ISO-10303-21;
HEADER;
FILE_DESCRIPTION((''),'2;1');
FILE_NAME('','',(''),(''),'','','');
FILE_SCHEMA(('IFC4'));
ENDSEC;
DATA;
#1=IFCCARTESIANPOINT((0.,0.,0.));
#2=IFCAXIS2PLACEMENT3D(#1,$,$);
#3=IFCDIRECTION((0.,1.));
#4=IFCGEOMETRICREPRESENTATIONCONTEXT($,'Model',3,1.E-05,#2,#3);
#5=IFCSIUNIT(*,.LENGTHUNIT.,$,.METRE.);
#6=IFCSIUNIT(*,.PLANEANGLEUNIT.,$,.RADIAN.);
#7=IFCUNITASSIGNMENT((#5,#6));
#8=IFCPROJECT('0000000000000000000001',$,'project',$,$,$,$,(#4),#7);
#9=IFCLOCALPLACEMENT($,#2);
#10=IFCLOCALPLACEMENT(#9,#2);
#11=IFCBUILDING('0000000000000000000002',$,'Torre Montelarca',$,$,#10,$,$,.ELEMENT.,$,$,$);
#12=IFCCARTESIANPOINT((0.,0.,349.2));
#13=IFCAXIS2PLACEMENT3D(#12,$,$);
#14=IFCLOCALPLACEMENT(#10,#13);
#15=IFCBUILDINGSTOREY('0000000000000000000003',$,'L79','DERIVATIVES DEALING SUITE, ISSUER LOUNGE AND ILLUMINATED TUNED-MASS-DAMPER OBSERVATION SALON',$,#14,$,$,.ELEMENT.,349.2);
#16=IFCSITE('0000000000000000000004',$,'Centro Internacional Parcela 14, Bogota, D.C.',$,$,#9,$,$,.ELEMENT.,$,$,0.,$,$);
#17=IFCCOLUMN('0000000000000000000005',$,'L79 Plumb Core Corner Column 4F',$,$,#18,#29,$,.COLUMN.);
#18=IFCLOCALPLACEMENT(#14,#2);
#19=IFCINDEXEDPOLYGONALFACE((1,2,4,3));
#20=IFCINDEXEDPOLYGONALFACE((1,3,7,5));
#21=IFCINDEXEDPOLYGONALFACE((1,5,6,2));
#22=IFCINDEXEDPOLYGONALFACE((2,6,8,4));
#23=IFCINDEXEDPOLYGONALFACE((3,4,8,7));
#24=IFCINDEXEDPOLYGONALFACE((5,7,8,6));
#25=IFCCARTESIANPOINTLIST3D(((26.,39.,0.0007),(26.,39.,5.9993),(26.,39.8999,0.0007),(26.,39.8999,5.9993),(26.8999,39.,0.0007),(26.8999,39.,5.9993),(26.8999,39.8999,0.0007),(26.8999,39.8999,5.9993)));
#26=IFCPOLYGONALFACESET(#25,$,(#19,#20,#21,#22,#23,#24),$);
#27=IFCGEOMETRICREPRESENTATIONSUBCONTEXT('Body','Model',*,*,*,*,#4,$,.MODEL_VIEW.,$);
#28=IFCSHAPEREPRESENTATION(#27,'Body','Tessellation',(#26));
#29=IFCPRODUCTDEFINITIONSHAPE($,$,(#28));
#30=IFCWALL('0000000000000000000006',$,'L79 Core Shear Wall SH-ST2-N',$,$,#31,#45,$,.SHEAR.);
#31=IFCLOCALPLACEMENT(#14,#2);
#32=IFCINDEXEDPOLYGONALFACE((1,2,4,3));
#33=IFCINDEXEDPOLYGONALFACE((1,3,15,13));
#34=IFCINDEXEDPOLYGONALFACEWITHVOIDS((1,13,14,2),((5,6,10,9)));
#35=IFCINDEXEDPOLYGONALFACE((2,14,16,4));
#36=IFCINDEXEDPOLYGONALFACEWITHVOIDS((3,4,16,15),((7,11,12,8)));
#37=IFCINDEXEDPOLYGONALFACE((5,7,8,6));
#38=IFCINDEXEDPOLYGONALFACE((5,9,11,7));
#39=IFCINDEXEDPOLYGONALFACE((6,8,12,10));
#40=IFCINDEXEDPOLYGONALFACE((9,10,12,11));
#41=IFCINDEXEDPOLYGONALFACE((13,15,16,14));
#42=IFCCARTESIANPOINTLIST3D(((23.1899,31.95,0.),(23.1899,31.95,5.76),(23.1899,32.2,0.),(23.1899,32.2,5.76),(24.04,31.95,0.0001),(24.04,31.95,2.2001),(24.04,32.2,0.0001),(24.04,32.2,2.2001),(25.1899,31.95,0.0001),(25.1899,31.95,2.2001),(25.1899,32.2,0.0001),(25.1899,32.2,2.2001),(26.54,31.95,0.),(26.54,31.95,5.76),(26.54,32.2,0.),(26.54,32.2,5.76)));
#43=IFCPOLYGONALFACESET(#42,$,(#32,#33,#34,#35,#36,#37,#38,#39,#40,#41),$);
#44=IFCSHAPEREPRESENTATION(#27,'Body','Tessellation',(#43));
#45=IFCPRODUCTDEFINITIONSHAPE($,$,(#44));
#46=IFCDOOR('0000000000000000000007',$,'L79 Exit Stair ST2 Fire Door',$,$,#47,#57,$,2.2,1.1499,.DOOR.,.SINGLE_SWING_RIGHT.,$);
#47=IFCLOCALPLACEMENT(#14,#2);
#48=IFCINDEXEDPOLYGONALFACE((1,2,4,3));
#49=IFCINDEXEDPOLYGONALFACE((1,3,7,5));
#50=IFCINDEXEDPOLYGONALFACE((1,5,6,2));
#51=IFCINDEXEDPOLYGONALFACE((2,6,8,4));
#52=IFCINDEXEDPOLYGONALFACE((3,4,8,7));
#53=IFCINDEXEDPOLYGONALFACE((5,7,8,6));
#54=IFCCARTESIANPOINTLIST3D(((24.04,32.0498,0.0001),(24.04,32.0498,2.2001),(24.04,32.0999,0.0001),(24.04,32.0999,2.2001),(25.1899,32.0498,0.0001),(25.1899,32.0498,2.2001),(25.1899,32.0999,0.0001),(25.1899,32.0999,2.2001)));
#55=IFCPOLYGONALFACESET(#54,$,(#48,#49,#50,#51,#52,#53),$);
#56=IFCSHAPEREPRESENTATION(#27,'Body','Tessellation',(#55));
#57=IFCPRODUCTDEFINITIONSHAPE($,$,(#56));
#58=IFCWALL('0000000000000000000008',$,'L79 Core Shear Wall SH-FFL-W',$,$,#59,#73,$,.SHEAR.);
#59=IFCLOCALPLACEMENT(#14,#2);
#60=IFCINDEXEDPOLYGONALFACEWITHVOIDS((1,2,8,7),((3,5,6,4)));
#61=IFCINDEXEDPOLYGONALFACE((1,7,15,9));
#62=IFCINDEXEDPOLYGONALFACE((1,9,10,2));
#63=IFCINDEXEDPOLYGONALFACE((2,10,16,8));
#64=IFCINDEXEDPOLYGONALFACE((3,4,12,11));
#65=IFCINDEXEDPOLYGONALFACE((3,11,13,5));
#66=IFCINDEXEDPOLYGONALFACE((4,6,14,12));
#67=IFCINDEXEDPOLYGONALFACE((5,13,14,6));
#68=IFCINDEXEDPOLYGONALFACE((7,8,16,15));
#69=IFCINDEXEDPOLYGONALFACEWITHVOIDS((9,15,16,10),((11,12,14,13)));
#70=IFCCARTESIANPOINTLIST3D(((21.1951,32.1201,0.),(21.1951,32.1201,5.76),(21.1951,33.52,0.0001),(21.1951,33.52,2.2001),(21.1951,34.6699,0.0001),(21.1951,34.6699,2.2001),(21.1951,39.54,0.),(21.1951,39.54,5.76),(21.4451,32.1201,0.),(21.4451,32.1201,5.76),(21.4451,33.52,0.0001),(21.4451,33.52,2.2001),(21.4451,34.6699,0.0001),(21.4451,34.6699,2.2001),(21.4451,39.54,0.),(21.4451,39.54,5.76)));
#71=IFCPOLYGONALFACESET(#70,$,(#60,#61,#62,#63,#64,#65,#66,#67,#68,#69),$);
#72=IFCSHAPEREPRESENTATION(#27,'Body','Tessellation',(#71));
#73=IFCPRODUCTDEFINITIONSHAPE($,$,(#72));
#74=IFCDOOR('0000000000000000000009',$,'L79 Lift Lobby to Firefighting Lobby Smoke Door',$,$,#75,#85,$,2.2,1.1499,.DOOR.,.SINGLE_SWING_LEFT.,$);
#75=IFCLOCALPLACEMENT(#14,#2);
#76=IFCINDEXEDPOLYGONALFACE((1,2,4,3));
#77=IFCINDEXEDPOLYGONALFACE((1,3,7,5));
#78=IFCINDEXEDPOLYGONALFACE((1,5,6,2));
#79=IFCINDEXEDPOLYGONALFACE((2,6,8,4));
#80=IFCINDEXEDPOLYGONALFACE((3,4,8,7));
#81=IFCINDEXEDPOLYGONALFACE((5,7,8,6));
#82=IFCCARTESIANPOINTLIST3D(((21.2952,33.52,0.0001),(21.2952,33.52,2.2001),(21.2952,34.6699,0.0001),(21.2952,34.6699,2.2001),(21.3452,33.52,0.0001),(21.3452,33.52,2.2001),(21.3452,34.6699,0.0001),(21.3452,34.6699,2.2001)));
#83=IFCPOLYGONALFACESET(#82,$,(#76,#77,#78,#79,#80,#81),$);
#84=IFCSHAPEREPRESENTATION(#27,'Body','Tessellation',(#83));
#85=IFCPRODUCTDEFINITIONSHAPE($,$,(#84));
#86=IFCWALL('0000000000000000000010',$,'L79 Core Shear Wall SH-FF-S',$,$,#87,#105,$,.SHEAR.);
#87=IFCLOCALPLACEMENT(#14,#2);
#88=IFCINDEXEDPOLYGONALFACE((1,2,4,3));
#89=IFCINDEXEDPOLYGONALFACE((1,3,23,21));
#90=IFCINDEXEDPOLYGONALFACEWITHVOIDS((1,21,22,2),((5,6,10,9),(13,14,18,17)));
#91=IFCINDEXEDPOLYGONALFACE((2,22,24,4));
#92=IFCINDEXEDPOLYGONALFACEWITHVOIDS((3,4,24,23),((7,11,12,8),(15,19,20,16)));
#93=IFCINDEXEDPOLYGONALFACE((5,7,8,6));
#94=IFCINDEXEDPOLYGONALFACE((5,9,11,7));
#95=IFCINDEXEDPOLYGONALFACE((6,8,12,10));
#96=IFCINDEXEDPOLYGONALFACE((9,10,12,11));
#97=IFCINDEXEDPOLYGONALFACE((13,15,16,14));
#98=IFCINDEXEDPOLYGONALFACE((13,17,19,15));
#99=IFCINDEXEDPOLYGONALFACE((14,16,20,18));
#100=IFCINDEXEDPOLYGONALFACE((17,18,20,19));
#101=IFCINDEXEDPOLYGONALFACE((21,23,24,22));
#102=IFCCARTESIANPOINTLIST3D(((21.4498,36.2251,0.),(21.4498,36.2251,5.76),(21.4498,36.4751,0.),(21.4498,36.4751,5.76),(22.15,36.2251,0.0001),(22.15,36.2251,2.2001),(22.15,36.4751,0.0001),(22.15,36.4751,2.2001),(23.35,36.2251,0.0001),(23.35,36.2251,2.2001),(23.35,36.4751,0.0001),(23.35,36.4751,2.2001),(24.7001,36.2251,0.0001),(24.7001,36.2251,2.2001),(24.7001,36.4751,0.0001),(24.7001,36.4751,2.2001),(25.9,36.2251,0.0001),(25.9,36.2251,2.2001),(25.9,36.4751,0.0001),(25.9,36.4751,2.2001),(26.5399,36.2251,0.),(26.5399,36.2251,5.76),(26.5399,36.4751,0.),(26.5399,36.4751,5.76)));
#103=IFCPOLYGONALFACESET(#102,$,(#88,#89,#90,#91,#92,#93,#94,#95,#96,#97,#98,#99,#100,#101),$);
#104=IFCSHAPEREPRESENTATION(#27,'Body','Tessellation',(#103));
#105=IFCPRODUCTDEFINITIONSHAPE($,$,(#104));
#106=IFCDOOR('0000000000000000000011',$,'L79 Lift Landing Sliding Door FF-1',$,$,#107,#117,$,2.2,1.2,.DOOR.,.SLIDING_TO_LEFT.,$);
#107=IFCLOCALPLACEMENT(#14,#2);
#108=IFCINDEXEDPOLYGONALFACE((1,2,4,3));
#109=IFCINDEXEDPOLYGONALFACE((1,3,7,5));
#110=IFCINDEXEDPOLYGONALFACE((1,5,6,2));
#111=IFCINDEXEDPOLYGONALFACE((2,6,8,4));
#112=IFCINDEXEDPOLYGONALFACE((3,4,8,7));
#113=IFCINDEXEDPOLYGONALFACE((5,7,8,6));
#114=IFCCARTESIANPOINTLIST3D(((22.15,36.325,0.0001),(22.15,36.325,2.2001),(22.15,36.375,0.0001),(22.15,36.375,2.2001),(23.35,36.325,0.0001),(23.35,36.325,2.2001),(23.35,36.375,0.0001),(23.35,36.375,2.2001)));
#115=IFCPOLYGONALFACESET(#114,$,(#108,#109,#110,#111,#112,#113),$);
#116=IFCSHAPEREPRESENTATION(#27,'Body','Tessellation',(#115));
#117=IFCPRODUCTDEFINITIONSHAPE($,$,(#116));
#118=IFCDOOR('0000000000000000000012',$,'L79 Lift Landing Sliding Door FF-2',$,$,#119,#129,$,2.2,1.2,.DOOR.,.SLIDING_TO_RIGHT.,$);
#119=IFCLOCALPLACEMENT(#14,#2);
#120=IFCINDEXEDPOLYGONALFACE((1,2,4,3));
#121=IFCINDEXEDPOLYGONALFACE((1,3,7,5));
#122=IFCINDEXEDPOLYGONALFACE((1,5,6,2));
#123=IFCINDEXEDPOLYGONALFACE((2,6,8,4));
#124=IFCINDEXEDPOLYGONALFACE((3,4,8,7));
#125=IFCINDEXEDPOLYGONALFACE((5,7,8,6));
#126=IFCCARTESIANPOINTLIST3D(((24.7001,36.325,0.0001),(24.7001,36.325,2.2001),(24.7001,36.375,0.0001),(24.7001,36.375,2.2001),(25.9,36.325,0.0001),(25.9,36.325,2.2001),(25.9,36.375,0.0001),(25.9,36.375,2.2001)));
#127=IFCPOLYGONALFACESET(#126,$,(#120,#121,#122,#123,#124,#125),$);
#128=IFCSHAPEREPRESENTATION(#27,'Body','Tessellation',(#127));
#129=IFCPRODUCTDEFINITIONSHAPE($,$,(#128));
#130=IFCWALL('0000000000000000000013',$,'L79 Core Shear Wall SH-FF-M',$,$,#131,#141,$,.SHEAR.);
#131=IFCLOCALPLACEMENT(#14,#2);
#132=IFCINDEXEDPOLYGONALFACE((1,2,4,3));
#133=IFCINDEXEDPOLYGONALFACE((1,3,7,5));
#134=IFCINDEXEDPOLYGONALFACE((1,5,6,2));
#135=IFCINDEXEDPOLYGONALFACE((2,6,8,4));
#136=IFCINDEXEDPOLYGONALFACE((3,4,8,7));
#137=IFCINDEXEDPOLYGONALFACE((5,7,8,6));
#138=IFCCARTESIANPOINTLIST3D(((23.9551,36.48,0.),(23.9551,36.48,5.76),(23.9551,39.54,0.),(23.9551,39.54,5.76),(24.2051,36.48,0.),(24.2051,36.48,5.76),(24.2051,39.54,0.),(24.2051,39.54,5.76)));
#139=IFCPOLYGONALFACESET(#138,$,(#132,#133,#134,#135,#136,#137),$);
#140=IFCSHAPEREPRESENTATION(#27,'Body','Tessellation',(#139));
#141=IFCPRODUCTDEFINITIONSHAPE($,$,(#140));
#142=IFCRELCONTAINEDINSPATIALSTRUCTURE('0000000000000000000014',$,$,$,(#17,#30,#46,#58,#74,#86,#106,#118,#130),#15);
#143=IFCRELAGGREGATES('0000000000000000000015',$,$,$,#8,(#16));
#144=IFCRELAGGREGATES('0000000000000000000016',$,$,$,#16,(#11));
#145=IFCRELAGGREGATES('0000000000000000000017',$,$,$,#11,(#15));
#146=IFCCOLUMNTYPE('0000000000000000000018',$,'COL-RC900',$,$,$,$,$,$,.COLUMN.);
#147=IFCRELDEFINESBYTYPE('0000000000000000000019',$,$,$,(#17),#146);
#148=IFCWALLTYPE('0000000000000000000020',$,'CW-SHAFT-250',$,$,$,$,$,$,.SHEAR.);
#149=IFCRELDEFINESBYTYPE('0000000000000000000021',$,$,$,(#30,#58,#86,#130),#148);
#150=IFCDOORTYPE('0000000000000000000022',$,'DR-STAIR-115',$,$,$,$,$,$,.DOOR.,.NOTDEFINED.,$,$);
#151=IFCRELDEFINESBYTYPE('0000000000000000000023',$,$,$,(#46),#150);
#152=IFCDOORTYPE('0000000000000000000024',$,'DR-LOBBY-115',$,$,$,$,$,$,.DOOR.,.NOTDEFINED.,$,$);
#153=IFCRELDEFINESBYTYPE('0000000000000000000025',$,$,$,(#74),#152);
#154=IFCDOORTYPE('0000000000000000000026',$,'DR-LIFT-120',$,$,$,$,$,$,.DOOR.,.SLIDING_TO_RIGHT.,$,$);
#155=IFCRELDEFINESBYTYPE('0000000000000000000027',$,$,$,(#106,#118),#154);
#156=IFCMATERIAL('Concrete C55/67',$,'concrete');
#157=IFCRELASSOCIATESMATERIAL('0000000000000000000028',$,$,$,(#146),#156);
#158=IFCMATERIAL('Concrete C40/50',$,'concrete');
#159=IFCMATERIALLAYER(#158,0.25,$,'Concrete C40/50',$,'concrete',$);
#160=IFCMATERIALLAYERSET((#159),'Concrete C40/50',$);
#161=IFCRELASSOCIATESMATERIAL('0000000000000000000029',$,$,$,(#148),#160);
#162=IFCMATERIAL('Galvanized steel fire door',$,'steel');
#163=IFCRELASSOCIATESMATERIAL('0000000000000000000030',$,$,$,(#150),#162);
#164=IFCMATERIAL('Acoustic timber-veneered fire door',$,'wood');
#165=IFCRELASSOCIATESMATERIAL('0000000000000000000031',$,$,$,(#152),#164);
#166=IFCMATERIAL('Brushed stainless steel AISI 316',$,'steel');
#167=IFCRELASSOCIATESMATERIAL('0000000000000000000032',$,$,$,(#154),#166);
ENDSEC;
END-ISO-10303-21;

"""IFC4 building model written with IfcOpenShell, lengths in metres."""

from ifc_helpers import new_model, si_unit, direction, frame, frame_2d, origin, origin_2d, place, context, subcontext, project, spatial, rectangle, extrude, source, transform, mapped, material, layer, layer_set, material_profile, profile_set, type_object, element, fill, save


model = new_model("IFC4")

# Units and contexts
model_context = context("Model", 3, precision=1e-05, world=origin(), true_north=direction((0.0, 1.0)))
body_context = subcontext(model_context, "Body", "Model", "MODEL_VIEW")
ifc_project = project(units=[si_unit("LENGTHUNIT", "METRE"), si_unit("PLANEANGLEUNIT", "RADIAN")], contexts=[model_context])

# Site, building, storey
site_placement = place(None, origin())
site = spatial("IfcSite", under=ifc_project, at=site_placement, Name="Centro Internacional Parcela 14, Bogota, D.C.", CompositionType="ELEMENT", RefElevation=0.0)
building_placement = place(site_placement, origin())
building = spatial("IfcBuilding", under=site, at=building_placement, Name="Torre Montelarca", CompositionType="ELEMENT")
storey_placement = place(building_placement, frame((0.0, 0.0, 349.2)))
storey = spatial("IfcBuildingStorey", under=building, at=storey_placement, Name="L79", Description="DERIVATIVES DEALING SUITE, ISSUER LOUNGE AND ILLUMINATED TUNED-MASS-DAMPER OBSERVATION SALON", CompositionType="ELEMENT", Elevation=349.2)

# Column
ifc_material_1 = material(Name="Concrete C55/67", Category="concrete")
ifc_material_profile = material_profile(ifc_material_1, rectangle(XDim=0.8999, YDim=0.8999, at=origin_2d()), Name="RC900X900", Category="concrete")
ifc_profile_set = profile_set([ifc_material_profile], Name="Concrete C55/67")
column_type = type_object("IfcColumnType", Name="COL-RC900", PredefinedType="COLUMN", material=ifc_profile_set)
shared_shape_1 = source(origin(), body_context, "Body", "SweptSolid", [
    extrude(rectangle(XDim=0.8999, YDim=0.8999, at=origin_2d()), origin(), (0.0, 0.0, 1.0), 5.9985),
])
column_placement = place(storey_placement, frame((26.45, 39.45, 0.0007), z_axis=(0.0, 0.0, 1.0), x_axis=(1.0, 0.0, 0.0)))
element("IfcColumn", 1, at=column_placement, inside=storey, type_object=column_type, Name="L79 Plumb Core Corner Column 4F", PredefinedType="COLUMN", context=body_context, shape_type="MappedRepresentation", body=[
    mapped(shared_shape_1, transform((0.0, 0.0, 0.0), scale=1.0)),
])

# Walls, openings, doors
ifc_material_2 = material(Name="Concrete C40/50", Category="concrete")
ifc_layer_1 = layer(ifc_material_2, 0.25, Name="Concrete C40/50", Category="concrete")
ifc_layer_set_1 = layer_set([ifc_layer_1], Name="Concrete C40/50")
wall_type_1 = type_object("IfcWallType", Name="CW-SHAFT-250", PredefinedType="SHEAR", material=ifc_layer_set_1)
wall_1_placement = place(storey_placement, frame((23.1899, 32.075, 0.0), z_axis=(0.0, 0.0, 1.0), x_axis=(1.0, 0.0, 0.0)))
wall_1 = element("IfcWall", 2, at=wall_1_placement, inside=storey, type_object=wall_type_1, Name="L79 Core Shear Wall SH-ST2-N", PredefinedType="SHEAR", context=body_context, shape_type="SweptSolid", body=[
    extrude(rectangle(XDim=3.3501, YDim=0.25, at=frame_2d((1.675, 0.0))), origin(), (0.0, 0.0, 1.0), 5.76),
])
opening_1_placement = place(wall_1_placement, frame((0.8501, 0.0, 0.0)))
opening_1 = element("IfcOpeningElement", 3, at=opening_1_placement, cuts=wall_1, PredefinedType="OPENING", context=body_context, shape_type="SweptSolid", body=[
    extrude(rectangle(XDim=1.1499, YDim=2.2, at=frame_2d((0.575, 1.1001))), frame((0.0, 0.135, 0.0), z_axis=(0.0, -1.0, 0.0), x_axis=(1.0, 0.0, 0.0)), (0.0, 0.0, 1.0), 0.27),
])
ifc_material_3 = material(Name="Galvanized steel fire door", Category="steel")
door_type_1 = type_object("IfcDoorType", Name="DR-STAIR-115", OperationType="NOTDEFINED", PredefinedType="DOOR", material=ifc_material_3)
shared_shape_2 = source(origin(), body_context, "Body", "SweptSolid", [
    extrude(rectangle(XDim=1.1499, YDim=2.2, at=frame_2d((0.575, 1.1001))), frame((0.0, 0.0249, 0.0), z_axis=(0.0, -1.0, 0.0), x_axis=(1.0, 0.0, 0.0)), (0.0, 0.0, 1.0), 0.05),
])
door_1_placement = place(opening_1_placement, origin())
door_1 = element("IfcDoor", 4, at=door_1_placement, inside=storey, type_object=door_type_1, Name="L79 Exit Stair ST2 Fire Door", OperationType="SINGLE_SWING_RIGHT", OverallHeight=2.2, OverallWidth=1.1499, PredefinedType="DOOR", context=body_context, shape_type="MappedRepresentation", body=[
    mapped(shared_shape_2, transform((0.0, 0.0, 0.0), scale=1.0)),
])
fill(opening_1, door_1)
wall_2_placement = place(storey_placement, frame((21.3201, 32.1201, 0.0), z_axis=(0.0, 0.0, 1.0), x_axis=(0.0, 1.0, 0.0)))
wall_2 = element("IfcWall", 5, at=wall_2_placement, inside=storey, type_object=wall_type_1, Name="L79 Core Shear Wall SH-FFL-W", PredefinedType="SHEAR", context=body_context, shape_type="SweptSolid", body=[
    extrude(rectangle(XDim=7.4199, YDim=0.25, at=frame_2d((3.71, 0.0))), origin(), (0.0, 0.0, 1.0), 5.76),
])
opening_2_placement = place(wall_2_placement, frame((1.3999, 0.0, 0.0)))
opening_2 = element("IfcOpeningElement", 6, at=opening_2_placement, cuts=wall_2, PredefinedType="OPENING", context=body_context, shape_type="SweptSolid", body=[
    extrude(rectangle(XDim=1.1499, YDim=2.2, at=frame_2d((0.575, 1.1001))), frame((0.0, 0.135, 0.0), z_axis=(0.0, -1.0, 0.0), x_axis=(1.0, 0.0, 0.0)), (0.0, 0.0, 1.0), 0.27),
])
ifc_material_4 = material(Name="Acoustic timber-veneered fire door", Category="wood")
door_type_2 = type_object("IfcDoorType", Name="DR-LOBBY-115", OperationType="NOTDEFINED", PredefinedType="DOOR", material=ifc_material_4)
shared_shape_3 = source(origin(), body_context, "Body", "SweptSolid", [
    extrude(rectangle(XDim=1.1499, YDim=2.2, at=frame_2d((0.575, 1.1001))), frame((0.0, 0.0249, 0.0), z_axis=(0.0, -1.0, 0.0), x_axis=(1.0, 0.0, 0.0)), (0.0, 0.0, 1.0), 0.05),
])
door_2_placement = place(opening_2_placement, origin())
door_2 = element("IfcDoor", 7, at=door_2_placement, inside=storey, type_object=door_type_2, Name="L79 Lift Lobby to Firefighting Lobby Smoke Door", OperationType="SINGLE_SWING_LEFT", OverallHeight=2.2, OverallWidth=1.1499, PredefinedType="DOOR", context=body_context, shape_type="MappedRepresentation", body=[
    mapped(shared_shape_3, transform((0.0, 0.0, 0.0), scale=1.0)),
])
fill(opening_2, door_2)

# Wall, openings, doors
wall_3_placement = place(storey_placement, frame((21.45, 36.3501, 0.0), z_axis=(0.0, 0.0, 1.0), x_axis=(1.0, 0.0, 0.0)))
wall_3 = element("IfcWall", 8, at=wall_3_placement, inside=storey, type_object=wall_type_1, Name="L79 Core Shear Wall SH-FF-S", PredefinedType="SHEAR", context=body_context, shape_type="SweptSolid", body=[
    extrude(rectangle(XDim=5.0901, YDim=0.25, at=frame_2d((2.5449, 0.0))), origin(), (0.0, 0.0, 1.0), 5.76),
])
opening_3_placement = place(wall_3_placement, frame((0.7, 0.0, 0.0)))
opening_3 = element("IfcOpeningElement", 9, at=opening_3_placement, cuts=wall_3, PredefinedType="OPENING", context=body_context, shape_type="SweptSolid", body=[
    extrude(rectangle(XDim=1.2, YDim=2.2, at=frame_2d((0.6001, 1.1001))), frame((0.0, 0.135, 0.0), z_axis=(0.0, -1.0, 0.0), x_axis=(1.0, 0.0, 0.0)), (0.0, 0.0, 1.0), 0.27),
])
opening_4_placement = place(wall_3_placement, frame((3.25, 0.0, 0.0)))
opening_4 = element("IfcOpeningElement", 10, at=opening_4_placement, cuts=wall_3, PredefinedType="OPENING", context=body_context, shape_type="SweptSolid", body=[
    extrude(rectangle(XDim=1.2, YDim=2.2, at=frame_2d((0.6001, 1.1001))), frame((0.0, 0.135, 0.0), z_axis=(0.0, -1.0, 0.0), x_axis=(1.0, 0.0, 0.0)), (0.0, 0.0, 1.0), 0.27),
])
ifc_material_5 = material(Name="Brushed stainless steel AISI 316", Category="steel")
door_type_3 = type_object("IfcDoorType", Name="DR-LIFT-120", OperationType="SLIDING_TO_RIGHT", PredefinedType="DOOR", material=ifc_material_5)
shared_shape_4 = source(origin(), body_context, "Body", "SweptSolid", [
    extrude(rectangle(XDim=1.2, YDim=2.2, at=frame_2d((0.6001, 1.1001))), frame((0.0, 0.0249, 0.0), z_axis=(0.0, -1.0, 0.0), x_axis=(1.0, 0.0, 0.0)), (0.0, 0.0, 1.0), 0.05),
])
door_3_placement = place(opening_3_placement, origin())
door_3 = element("IfcDoor", 11, at=door_3_placement, inside=storey, type_object=door_type_3, Name="L79 Lift Landing Sliding Door FF-1", OperationType="SLIDING_TO_LEFT", OverallHeight=2.2, OverallWidth=1.2, PredefinedType="DOOR", context=body_context, shape_type="MappedRepresentation", body=[
    mapped(shared_shape_4, transform((0.0, 0.0, 0.0), scale=1.0)),
])
fill(opening_3, door_3)
door_4_placement = place(opening_4_placement, origin())
door_4 = element("IfcDoor", 12, at=door_4_placement, inside=storey, type_object=door_type_3, Name="L79 Lift Landing Sliding Door FF-2", OperationType="SLIDING_TO_RIGHT", OverallHeight=2.2, OverallWidth=1.2, PredefinedType="DOOR", context=body_context, shape_type="MappedRepresentation", body=[
    mapped(shared_shape_4, transform((0.0, 0.0, 0.0), scale=1.0)),
])
fill(opening_4, door_4)

# Wall
wall_4_placement = place(storey_placement, frame((24.0801, 36.48, 0.0), z_axis=(0.0, 0.0, 1.0), x_axis=(0.0, 1.0, 0.0)))
element("IfcWall", 13, at=wall_4_placement, inside=storey, type_object=wall_type_1, Name="L79 Core Shear Wall SH-FF-M", PredefinedType="SHEAR", context=body_context, shape_type="SweptSolid", body=[
    extrude(rectangle(XDim=3.0601, YDim=0.25, at=frame_2d((1.53, 0.0))), origin(), (0.0, 0.0, 1.0), 5.76),
])

save(model, "model.ifc")
